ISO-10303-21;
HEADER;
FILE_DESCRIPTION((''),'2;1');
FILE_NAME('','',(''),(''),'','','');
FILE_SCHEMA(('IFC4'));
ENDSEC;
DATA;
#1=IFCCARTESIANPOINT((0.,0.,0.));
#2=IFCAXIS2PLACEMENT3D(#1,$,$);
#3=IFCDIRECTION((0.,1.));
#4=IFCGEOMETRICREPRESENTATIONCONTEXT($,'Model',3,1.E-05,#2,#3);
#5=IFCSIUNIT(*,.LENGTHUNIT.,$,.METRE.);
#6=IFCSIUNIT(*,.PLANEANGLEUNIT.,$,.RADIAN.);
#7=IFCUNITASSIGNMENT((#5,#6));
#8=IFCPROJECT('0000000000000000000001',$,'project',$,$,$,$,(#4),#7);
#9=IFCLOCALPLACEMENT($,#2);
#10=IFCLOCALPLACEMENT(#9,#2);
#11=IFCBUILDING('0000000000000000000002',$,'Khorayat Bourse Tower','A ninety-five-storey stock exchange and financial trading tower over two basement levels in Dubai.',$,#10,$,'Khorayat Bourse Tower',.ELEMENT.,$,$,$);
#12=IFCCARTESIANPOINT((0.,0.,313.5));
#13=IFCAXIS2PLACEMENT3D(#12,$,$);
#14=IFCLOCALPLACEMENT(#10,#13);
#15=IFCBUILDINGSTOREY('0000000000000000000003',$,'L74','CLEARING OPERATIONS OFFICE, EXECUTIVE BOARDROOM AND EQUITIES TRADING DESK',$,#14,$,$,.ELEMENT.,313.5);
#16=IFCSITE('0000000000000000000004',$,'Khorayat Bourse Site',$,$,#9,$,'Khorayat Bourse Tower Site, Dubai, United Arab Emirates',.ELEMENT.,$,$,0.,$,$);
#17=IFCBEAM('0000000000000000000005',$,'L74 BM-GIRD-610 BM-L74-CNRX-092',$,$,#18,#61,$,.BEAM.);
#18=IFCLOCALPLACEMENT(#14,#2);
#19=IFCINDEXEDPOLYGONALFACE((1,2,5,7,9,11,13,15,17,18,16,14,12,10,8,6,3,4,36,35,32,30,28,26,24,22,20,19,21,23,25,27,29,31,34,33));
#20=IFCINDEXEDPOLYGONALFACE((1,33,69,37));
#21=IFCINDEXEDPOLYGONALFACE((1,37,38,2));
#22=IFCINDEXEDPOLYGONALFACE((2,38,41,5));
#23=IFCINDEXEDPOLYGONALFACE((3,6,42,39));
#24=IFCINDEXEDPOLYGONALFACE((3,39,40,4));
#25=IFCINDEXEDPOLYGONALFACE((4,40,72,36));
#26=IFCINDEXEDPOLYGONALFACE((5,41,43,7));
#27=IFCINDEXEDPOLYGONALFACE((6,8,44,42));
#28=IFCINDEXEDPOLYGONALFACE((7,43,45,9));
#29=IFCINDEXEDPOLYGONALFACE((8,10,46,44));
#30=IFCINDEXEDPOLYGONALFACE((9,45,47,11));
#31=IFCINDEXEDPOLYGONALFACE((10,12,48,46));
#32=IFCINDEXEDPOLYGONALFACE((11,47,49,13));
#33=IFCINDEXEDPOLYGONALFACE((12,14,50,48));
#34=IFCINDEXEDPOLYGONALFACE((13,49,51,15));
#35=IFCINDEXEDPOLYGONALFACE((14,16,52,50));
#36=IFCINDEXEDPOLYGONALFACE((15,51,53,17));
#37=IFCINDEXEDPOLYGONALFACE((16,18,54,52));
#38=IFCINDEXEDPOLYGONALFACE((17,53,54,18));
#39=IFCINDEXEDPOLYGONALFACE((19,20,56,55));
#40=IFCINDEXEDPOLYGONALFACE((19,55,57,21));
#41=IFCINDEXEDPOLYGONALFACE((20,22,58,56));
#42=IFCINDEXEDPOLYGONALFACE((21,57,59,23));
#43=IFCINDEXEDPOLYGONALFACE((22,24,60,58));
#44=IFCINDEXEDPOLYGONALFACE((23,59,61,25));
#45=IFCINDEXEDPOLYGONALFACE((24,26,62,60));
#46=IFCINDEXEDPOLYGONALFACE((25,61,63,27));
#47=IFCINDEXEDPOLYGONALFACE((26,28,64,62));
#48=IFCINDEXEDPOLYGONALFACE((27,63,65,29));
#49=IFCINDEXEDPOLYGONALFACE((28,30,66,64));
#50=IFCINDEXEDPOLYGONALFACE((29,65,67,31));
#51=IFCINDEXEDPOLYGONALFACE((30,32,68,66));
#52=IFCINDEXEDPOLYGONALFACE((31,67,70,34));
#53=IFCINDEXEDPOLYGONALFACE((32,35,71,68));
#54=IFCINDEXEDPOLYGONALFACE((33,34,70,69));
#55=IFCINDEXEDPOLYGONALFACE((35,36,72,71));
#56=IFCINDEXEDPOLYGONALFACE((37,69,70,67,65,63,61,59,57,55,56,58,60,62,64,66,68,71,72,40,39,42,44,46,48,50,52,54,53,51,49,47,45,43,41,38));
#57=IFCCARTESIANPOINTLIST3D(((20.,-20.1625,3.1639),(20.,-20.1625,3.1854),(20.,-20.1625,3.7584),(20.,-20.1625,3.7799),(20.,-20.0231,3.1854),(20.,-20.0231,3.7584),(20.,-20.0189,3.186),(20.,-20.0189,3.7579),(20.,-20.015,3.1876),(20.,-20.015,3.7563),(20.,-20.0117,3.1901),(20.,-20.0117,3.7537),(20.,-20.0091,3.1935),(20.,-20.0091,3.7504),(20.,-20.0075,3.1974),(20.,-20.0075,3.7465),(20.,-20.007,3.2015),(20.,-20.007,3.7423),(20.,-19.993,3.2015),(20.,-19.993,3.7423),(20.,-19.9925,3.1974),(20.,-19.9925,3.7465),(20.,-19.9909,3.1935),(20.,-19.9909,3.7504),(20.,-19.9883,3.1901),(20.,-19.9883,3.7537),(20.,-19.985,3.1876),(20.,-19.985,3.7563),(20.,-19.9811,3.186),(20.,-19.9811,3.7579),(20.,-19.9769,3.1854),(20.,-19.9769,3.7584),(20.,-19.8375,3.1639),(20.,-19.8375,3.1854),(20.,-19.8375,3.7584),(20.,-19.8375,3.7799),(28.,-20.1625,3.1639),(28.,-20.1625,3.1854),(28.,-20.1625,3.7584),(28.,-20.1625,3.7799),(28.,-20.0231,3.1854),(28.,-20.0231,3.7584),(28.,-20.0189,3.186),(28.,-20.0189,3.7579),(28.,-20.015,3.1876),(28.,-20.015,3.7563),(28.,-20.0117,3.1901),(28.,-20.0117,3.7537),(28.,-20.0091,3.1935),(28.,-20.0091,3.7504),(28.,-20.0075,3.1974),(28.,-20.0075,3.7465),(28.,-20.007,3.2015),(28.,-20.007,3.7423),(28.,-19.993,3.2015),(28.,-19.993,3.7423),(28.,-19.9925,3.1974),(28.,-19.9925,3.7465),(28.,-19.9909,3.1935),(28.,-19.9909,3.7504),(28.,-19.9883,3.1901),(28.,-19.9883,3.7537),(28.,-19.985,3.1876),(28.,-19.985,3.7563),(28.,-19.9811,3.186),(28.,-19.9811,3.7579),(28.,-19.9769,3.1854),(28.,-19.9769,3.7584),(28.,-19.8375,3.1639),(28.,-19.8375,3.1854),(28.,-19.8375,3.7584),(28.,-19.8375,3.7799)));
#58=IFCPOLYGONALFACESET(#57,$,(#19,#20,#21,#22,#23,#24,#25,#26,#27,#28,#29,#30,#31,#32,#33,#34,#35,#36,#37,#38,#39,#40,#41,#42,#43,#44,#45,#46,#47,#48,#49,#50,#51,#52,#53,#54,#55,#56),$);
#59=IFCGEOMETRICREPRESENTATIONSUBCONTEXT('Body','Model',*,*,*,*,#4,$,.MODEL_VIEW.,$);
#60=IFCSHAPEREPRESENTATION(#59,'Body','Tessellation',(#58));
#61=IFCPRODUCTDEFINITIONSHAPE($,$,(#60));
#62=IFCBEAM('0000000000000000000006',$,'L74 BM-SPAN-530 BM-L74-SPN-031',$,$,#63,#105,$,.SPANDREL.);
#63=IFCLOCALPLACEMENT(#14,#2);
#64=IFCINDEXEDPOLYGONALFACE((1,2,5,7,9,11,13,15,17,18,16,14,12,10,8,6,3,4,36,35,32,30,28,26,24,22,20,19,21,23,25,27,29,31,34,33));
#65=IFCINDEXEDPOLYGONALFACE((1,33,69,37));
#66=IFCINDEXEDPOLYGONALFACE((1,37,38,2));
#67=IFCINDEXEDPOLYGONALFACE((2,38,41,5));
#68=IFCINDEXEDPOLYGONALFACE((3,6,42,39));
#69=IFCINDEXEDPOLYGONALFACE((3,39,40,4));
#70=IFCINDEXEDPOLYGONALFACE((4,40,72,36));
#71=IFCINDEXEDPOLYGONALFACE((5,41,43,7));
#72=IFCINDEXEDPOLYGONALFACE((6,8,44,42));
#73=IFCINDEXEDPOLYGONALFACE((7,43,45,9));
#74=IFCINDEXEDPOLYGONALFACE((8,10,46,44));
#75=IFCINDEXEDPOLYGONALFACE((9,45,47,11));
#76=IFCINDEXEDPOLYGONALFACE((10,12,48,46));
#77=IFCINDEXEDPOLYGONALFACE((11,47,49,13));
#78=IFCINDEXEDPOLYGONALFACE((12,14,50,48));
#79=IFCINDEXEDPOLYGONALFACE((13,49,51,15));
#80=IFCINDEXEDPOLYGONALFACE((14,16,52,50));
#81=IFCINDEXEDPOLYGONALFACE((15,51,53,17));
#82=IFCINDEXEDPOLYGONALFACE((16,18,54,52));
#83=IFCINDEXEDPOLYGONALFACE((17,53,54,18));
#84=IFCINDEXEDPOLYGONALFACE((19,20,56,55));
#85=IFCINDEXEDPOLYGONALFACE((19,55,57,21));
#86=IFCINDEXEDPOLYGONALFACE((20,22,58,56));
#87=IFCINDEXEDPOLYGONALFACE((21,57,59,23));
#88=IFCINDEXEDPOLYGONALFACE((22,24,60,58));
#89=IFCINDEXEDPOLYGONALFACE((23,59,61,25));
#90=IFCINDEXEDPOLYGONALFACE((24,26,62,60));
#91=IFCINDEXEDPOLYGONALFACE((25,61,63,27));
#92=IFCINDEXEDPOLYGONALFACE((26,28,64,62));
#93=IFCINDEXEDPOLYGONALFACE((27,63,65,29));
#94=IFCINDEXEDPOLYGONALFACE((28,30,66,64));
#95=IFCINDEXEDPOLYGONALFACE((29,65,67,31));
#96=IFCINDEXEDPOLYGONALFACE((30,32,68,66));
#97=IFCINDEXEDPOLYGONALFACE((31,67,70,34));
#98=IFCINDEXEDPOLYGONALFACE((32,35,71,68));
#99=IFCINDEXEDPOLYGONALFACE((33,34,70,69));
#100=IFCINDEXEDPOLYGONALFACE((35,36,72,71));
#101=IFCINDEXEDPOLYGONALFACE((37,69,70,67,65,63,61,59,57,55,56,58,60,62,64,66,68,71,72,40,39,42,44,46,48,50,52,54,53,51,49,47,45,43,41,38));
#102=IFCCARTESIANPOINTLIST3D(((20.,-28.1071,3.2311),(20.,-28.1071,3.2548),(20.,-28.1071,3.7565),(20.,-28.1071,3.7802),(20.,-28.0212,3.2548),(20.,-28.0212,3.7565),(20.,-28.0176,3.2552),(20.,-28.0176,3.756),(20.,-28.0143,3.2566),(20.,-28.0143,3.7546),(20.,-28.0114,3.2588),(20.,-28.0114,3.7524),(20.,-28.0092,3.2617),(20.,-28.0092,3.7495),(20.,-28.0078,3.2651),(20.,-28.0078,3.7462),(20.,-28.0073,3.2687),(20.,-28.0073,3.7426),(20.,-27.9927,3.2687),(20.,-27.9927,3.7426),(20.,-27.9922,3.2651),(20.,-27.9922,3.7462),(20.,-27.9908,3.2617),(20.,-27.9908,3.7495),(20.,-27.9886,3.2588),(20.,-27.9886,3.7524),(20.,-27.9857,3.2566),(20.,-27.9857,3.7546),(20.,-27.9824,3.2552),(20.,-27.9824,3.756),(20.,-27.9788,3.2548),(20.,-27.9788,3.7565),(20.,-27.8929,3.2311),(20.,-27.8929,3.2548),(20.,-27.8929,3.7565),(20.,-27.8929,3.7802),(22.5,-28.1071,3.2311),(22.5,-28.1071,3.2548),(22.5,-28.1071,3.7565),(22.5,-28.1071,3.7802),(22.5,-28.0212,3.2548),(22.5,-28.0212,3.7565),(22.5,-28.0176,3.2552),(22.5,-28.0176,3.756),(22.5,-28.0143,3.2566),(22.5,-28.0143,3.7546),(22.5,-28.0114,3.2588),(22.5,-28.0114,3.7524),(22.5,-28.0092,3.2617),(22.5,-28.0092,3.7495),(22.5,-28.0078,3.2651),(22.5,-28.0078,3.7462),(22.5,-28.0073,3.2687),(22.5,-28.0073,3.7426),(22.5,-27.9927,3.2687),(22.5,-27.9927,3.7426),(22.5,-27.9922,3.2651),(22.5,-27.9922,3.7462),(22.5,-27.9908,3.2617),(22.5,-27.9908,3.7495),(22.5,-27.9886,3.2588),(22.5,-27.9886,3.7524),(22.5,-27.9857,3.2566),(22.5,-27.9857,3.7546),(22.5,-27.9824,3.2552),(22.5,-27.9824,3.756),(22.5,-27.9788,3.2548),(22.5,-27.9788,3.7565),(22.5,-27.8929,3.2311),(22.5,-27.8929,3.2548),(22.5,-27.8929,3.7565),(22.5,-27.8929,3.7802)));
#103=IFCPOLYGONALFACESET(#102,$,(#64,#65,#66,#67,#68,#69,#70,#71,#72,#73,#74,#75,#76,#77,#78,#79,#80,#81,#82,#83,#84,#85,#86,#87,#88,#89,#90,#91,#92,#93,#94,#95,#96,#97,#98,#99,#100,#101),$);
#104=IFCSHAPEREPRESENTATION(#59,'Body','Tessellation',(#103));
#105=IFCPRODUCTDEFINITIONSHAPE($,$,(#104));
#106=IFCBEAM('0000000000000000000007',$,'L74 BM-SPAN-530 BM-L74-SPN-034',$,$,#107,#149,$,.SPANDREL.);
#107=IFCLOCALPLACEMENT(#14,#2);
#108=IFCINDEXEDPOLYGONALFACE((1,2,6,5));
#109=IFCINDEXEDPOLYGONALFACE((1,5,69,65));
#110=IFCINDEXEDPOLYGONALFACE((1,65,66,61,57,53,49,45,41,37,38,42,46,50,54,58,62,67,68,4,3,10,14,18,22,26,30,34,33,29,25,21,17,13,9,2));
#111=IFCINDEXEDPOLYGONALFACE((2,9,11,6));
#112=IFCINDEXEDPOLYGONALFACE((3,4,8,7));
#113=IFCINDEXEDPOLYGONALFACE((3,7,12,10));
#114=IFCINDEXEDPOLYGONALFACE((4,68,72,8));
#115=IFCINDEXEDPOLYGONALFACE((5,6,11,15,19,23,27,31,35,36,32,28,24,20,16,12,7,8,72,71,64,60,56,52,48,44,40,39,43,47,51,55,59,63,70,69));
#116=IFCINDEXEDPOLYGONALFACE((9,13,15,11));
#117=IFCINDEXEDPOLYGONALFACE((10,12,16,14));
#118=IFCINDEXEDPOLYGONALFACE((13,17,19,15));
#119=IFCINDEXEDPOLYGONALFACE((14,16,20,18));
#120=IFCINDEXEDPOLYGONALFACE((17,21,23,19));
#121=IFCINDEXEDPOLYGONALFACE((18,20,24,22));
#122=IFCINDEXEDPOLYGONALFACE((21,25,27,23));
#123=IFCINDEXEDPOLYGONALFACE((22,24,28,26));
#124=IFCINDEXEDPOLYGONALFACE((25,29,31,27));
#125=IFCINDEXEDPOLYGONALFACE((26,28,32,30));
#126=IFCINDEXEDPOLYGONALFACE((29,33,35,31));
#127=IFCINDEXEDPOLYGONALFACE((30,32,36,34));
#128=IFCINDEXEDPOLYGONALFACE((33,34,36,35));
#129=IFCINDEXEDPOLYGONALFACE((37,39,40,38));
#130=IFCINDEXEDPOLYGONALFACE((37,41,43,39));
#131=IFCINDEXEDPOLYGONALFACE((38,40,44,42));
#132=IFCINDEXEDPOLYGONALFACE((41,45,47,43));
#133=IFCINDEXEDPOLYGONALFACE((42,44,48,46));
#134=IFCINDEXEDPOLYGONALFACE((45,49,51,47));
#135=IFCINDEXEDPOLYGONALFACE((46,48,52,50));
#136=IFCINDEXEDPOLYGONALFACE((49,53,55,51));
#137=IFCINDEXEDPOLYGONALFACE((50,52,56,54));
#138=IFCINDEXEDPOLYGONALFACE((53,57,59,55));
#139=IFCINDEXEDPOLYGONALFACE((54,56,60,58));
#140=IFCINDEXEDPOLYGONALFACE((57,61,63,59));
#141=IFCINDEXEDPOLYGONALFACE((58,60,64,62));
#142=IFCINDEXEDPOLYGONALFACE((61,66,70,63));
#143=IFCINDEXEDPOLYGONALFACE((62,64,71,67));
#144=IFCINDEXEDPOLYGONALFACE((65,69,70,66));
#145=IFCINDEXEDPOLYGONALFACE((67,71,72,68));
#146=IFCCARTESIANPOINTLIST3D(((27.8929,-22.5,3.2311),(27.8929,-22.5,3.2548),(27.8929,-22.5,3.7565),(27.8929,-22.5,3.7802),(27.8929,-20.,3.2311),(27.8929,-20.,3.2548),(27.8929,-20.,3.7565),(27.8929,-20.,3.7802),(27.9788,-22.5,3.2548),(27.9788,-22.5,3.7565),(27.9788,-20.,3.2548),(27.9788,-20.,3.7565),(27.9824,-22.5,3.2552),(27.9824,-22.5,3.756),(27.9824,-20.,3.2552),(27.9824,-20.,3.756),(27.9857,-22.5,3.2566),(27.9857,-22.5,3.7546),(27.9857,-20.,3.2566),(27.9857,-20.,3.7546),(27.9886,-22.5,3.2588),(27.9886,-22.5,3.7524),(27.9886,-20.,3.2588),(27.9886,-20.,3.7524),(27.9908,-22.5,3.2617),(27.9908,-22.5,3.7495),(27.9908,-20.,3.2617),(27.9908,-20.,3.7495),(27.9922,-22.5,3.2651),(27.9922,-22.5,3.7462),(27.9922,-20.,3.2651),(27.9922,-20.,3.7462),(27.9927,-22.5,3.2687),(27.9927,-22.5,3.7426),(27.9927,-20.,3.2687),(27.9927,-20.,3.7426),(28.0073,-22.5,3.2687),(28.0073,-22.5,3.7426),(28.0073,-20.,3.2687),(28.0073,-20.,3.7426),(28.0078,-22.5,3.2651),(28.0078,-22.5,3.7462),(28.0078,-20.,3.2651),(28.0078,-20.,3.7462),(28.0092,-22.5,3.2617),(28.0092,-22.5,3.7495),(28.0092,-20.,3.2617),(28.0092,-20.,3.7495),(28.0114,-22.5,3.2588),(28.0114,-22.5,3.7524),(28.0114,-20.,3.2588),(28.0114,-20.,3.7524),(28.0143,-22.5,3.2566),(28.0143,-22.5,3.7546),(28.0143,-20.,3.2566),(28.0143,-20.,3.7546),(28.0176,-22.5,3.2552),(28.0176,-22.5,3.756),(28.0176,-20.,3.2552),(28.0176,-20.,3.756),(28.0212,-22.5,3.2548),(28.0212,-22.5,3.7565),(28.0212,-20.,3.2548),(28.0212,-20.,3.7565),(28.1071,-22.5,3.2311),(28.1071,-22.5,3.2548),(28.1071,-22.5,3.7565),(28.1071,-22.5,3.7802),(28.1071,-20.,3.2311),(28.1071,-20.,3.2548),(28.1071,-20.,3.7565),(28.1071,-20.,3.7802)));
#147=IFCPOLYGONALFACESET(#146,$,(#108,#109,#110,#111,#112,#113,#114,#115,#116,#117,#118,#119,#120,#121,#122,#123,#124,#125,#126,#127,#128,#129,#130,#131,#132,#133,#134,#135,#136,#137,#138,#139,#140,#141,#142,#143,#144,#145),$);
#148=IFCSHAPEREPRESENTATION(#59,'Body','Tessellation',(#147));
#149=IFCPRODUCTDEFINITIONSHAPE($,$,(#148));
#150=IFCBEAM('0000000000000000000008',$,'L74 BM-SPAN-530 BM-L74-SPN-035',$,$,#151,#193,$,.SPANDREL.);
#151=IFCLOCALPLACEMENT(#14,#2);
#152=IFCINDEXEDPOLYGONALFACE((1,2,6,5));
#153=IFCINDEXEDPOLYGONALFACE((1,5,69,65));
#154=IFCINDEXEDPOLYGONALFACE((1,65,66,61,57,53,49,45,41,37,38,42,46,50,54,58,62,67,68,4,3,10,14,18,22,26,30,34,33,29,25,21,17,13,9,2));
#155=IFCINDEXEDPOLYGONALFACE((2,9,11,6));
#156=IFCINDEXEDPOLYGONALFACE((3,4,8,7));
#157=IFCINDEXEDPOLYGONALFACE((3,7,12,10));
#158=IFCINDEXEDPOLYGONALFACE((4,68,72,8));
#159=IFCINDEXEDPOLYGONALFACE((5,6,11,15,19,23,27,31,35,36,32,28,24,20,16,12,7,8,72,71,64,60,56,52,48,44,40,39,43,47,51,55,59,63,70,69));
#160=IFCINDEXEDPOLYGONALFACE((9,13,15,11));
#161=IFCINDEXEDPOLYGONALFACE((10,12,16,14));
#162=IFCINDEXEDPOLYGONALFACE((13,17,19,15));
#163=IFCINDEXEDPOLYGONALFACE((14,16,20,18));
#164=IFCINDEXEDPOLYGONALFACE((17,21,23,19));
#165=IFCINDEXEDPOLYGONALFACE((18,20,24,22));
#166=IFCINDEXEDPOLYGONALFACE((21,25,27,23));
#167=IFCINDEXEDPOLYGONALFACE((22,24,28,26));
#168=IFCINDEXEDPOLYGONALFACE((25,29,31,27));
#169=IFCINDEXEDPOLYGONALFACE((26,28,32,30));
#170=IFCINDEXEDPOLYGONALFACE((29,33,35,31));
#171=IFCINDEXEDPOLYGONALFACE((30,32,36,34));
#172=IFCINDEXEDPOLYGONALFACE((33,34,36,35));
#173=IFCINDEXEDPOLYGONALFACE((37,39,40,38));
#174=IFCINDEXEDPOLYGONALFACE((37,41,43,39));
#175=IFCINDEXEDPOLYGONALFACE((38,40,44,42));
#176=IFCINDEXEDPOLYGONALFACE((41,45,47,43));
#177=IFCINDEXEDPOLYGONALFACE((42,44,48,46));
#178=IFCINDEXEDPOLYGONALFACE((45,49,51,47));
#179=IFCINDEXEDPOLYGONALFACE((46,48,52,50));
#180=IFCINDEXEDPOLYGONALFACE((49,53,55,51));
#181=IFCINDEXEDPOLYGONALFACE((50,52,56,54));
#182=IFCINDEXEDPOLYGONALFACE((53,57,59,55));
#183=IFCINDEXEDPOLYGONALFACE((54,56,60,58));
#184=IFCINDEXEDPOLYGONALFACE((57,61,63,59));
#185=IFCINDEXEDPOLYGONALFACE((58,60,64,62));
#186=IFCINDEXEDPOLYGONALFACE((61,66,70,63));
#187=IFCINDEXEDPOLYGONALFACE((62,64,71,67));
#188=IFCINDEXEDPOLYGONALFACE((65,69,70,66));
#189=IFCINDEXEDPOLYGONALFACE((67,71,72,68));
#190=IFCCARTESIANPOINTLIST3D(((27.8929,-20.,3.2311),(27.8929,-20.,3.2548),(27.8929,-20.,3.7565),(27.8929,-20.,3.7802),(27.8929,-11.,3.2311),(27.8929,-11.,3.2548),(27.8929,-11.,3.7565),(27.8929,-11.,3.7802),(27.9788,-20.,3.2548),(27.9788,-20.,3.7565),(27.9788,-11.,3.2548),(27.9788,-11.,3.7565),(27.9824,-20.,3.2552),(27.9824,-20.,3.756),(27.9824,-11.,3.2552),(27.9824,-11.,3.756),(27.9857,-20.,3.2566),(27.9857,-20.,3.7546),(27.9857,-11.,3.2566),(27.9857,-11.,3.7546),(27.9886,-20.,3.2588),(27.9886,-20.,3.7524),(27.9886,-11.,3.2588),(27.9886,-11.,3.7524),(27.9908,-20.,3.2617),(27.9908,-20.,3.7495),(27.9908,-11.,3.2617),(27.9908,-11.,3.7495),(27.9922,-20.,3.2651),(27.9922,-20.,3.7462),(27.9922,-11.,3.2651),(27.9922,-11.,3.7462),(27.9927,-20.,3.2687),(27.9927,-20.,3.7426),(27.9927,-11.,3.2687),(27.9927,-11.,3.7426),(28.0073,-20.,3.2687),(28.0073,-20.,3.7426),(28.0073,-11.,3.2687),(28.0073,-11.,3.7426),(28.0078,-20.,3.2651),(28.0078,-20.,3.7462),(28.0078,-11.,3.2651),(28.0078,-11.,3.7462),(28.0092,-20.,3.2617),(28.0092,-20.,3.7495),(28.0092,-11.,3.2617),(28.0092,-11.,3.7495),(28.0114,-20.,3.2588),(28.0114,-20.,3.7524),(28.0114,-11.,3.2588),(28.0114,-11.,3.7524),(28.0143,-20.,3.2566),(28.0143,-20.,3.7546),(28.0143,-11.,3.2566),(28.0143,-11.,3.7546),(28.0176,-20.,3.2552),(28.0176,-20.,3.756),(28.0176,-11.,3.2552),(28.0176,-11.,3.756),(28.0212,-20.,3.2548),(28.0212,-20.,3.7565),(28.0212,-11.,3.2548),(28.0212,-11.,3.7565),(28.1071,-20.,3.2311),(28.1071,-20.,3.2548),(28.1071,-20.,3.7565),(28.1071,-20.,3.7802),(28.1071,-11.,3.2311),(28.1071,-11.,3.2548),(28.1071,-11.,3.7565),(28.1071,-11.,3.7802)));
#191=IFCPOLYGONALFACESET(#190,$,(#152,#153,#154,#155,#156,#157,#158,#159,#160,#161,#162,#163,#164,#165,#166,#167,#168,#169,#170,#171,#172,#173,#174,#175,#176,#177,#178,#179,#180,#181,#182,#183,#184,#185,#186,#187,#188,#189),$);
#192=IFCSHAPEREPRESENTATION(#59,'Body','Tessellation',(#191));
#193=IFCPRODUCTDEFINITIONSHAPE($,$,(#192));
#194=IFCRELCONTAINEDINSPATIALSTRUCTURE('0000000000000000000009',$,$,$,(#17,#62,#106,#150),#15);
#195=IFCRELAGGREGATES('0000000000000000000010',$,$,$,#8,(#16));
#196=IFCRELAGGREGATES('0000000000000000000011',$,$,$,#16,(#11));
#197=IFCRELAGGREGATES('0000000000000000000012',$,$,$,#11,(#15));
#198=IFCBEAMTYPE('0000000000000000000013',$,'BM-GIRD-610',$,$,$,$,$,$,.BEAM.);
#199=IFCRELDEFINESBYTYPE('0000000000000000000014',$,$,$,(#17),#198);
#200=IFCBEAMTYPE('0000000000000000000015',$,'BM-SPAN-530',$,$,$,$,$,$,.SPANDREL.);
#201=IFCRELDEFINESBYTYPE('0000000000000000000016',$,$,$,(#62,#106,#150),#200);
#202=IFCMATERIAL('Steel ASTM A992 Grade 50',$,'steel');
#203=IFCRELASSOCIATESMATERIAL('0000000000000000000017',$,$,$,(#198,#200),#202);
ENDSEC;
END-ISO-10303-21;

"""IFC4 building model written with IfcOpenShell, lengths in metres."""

from ifc_helpers import new_model, si_unit, direction, frame, origin, origin_2d, place, context, subcontext, project, spatial, i_section, extrude, source, transform, mapped, material, material_profile, profile_set, type_object, element, save


model = new_model("IFC4")

# Units and contexts
model_context = context("Model", 3, precision=1e-05, world=origin(), true_north=direction((0.0, 1.0)))
body_context = subcontext(model_context, "Body", "Model", "MODEL_VIEW")
ifc_project = project(units=[si_unit("LENGTHUNIT", "METRE"), si_unit("PLANEANGLEUNIT", "RADIAN")], contexts=[model_context])

# Site, building, storey
site_placement = place(None, origin())
site = spatial("IfcSite", under=ifc_project, at=site_placement, Name="Khorayat Bourse Site", LongName="Khorayat Bourse Tower Site, Dubai, United Arab Emirates", CompositionType="ELEMENT", RefElevation=0.0)
building_placement = place(site_placement, origin())
building = spatial("IfcBuilding", under=site, at=building_placement, Name="Khorayat Bourse Tower", Description="A ninety-five-storey stock exchange and financial trading tower over two basement levels in Dubai.", LongName="Khorayat Bourse Tower", CompositionType="ELEMENT")
storey_placement = place(building_placement, frame((0.0, 0.0, 313.5)))
storey = spatial("IfcBuildingStorey", under=building, at=storey_placement, Name="L74", Description="CLEARING OPERATIONS OFFICE, EXECUTIVE BOARDROOM AND EQUITIES TRADING DESK", CompositionType="ELEMENT", Elevation=313.5)

# Beams
ifc_material_1 = material(Name="Steel ASTM A992 Grade 50", Category="steel")
ifc_material_profile_1 = material_profile(ifc_material_1, i_section(OverallWidth=0.325, OverallDepth=0.616, WebThickness=0.0139, FlangeThickness=0.0215, FilletRadius=0.0161, at=origin_2d()), Name="W610X174")
ifc_profile_set_1 = profile_set([ifc_material_profile_1], Name="Steel ASTM A992 Grade 50")
beam_type_1 = type_object("IfcBeamType", Name="BM-GIRD-610", PredefinedType="BEAM", material=ifc_profile_set_1)
shared_shape_1 = source(origin(), body_context, "Body", "SweptSolid", [
    extrude(i_section(OverallWidth=0.325, OverallDepth=0.616, WebThickness=0.0139, FlangeThickness=0.0215, FilletRadius=0.0161, at=origin_2d()), origin(), (0.0, 0.0, 1.0), 8.0),
])
beam_1_placement = place(storey_placement, frame((20.0, -20.0, 3.4719), z_axis=(1.0, 0.0, 0.0), x_axis=(0.0, 1.0, 0.0)))
element("IfcBeam", 1, at=beam_1_placement, inside=storey, type_object=beam_type_1, Name="L74 BM-GIRD-610 BM-L74-CNRX-092", PredefinedType="BEAM", context=body_context, shape_type="MappedRepresentation", body=[
    mapped(shared_shape_1, transform((0.0, 0.0, 0.0), scale=1.0)),
])
ifc_material_profile_2 = material_profile(ifc_material_1, i_section(OverallWidth=0.2141, OverallDepth=0.5491, WebThickness=0.0146, FlangeThickness=0.0237, FilletRadius=0.0139, at=origin_2d()), Name="W530X138")
ifc_profile_set_2 = profile_set([ifc_material_profile_2], Name="Steel ASTM A992 Grade 50")
beam_type_2 = type_object("IfcBeamType", Name="BM-SPAN-530", PredefinedType="SPANDREL", material=ifc_profile_set_2)
shared_shape_2 = source(origin(), body_context, "Body", "SweptSolid", [
    extrude(i_section(OverallWidth=0.2141, OverallDepth=0.5491, WebThickness=0.0146, FlangeThickness=0.0237, FilletRadius=0.0139, at=origin_2d()), origin(), (0.0, 0.0, 1.0), 2.5),
])
for number, where, z_axis, x_axis, name in (
    (2, (20.0, -28.0, 3.5056), (1.0, 0.0, 0.0), (0.0, 1.0, 0.0), "L74 BM-SPAN-530 BM-L74-SPN-031"),
    (3, (28.0, -22.5, 3.5056), (0.0, 1.0, 0.0), (-1.0, 0.0, 0.0), "L74 BM-SPAN-530 BM-L74-SPN-034"),
):
    element("IfcBeam", number, at=place(storey_placement, frame(where, z_axis=z_axis, x_axis=x_axis)), inside=storey, type_object=beam_type_2, Name=name, PredefinedType="SPANDREL", context=body_context, shape_type="MappedRepresentation", body=[
        mapped(shared_shape_2, transform((0.0, 0.0, 0.0), scale=1.0)),
    ])
shared_shape_3 = source(origin(), body_context, "Body", "SweptSolid", [
    extrude(i_section(OverallWidth=0.2141, OverallDepth=0.5491, WebThickness=0.0146, FlangeThickness=0.0237, FilletRadius=0.0139, at=origin_2d()), origin(), (0.0, 0.0, 1.0), 9.0),
])
beam_2_placement = place(storey_placement, frame((28.0, -20.0, 3.5056), z_axis=(0.0, 1.0, 0.0), x_axis=(-1.0, 0.0, 0.0)))
element("IfcBeam", 4, at=beam_2_placement, inside=storey, type_object=beam_type_2, Name="L74 BM-SPAN-530 BM-L74-SPN-035", PredefinedType="SPANDREL", context=body_context, shape_type="MappedRepresentation", body=[
    mapped(shared_shape_3, transform((0.0, 0.0, 0.0), scale=1.0)),
])

save(model, "model.ifc")
